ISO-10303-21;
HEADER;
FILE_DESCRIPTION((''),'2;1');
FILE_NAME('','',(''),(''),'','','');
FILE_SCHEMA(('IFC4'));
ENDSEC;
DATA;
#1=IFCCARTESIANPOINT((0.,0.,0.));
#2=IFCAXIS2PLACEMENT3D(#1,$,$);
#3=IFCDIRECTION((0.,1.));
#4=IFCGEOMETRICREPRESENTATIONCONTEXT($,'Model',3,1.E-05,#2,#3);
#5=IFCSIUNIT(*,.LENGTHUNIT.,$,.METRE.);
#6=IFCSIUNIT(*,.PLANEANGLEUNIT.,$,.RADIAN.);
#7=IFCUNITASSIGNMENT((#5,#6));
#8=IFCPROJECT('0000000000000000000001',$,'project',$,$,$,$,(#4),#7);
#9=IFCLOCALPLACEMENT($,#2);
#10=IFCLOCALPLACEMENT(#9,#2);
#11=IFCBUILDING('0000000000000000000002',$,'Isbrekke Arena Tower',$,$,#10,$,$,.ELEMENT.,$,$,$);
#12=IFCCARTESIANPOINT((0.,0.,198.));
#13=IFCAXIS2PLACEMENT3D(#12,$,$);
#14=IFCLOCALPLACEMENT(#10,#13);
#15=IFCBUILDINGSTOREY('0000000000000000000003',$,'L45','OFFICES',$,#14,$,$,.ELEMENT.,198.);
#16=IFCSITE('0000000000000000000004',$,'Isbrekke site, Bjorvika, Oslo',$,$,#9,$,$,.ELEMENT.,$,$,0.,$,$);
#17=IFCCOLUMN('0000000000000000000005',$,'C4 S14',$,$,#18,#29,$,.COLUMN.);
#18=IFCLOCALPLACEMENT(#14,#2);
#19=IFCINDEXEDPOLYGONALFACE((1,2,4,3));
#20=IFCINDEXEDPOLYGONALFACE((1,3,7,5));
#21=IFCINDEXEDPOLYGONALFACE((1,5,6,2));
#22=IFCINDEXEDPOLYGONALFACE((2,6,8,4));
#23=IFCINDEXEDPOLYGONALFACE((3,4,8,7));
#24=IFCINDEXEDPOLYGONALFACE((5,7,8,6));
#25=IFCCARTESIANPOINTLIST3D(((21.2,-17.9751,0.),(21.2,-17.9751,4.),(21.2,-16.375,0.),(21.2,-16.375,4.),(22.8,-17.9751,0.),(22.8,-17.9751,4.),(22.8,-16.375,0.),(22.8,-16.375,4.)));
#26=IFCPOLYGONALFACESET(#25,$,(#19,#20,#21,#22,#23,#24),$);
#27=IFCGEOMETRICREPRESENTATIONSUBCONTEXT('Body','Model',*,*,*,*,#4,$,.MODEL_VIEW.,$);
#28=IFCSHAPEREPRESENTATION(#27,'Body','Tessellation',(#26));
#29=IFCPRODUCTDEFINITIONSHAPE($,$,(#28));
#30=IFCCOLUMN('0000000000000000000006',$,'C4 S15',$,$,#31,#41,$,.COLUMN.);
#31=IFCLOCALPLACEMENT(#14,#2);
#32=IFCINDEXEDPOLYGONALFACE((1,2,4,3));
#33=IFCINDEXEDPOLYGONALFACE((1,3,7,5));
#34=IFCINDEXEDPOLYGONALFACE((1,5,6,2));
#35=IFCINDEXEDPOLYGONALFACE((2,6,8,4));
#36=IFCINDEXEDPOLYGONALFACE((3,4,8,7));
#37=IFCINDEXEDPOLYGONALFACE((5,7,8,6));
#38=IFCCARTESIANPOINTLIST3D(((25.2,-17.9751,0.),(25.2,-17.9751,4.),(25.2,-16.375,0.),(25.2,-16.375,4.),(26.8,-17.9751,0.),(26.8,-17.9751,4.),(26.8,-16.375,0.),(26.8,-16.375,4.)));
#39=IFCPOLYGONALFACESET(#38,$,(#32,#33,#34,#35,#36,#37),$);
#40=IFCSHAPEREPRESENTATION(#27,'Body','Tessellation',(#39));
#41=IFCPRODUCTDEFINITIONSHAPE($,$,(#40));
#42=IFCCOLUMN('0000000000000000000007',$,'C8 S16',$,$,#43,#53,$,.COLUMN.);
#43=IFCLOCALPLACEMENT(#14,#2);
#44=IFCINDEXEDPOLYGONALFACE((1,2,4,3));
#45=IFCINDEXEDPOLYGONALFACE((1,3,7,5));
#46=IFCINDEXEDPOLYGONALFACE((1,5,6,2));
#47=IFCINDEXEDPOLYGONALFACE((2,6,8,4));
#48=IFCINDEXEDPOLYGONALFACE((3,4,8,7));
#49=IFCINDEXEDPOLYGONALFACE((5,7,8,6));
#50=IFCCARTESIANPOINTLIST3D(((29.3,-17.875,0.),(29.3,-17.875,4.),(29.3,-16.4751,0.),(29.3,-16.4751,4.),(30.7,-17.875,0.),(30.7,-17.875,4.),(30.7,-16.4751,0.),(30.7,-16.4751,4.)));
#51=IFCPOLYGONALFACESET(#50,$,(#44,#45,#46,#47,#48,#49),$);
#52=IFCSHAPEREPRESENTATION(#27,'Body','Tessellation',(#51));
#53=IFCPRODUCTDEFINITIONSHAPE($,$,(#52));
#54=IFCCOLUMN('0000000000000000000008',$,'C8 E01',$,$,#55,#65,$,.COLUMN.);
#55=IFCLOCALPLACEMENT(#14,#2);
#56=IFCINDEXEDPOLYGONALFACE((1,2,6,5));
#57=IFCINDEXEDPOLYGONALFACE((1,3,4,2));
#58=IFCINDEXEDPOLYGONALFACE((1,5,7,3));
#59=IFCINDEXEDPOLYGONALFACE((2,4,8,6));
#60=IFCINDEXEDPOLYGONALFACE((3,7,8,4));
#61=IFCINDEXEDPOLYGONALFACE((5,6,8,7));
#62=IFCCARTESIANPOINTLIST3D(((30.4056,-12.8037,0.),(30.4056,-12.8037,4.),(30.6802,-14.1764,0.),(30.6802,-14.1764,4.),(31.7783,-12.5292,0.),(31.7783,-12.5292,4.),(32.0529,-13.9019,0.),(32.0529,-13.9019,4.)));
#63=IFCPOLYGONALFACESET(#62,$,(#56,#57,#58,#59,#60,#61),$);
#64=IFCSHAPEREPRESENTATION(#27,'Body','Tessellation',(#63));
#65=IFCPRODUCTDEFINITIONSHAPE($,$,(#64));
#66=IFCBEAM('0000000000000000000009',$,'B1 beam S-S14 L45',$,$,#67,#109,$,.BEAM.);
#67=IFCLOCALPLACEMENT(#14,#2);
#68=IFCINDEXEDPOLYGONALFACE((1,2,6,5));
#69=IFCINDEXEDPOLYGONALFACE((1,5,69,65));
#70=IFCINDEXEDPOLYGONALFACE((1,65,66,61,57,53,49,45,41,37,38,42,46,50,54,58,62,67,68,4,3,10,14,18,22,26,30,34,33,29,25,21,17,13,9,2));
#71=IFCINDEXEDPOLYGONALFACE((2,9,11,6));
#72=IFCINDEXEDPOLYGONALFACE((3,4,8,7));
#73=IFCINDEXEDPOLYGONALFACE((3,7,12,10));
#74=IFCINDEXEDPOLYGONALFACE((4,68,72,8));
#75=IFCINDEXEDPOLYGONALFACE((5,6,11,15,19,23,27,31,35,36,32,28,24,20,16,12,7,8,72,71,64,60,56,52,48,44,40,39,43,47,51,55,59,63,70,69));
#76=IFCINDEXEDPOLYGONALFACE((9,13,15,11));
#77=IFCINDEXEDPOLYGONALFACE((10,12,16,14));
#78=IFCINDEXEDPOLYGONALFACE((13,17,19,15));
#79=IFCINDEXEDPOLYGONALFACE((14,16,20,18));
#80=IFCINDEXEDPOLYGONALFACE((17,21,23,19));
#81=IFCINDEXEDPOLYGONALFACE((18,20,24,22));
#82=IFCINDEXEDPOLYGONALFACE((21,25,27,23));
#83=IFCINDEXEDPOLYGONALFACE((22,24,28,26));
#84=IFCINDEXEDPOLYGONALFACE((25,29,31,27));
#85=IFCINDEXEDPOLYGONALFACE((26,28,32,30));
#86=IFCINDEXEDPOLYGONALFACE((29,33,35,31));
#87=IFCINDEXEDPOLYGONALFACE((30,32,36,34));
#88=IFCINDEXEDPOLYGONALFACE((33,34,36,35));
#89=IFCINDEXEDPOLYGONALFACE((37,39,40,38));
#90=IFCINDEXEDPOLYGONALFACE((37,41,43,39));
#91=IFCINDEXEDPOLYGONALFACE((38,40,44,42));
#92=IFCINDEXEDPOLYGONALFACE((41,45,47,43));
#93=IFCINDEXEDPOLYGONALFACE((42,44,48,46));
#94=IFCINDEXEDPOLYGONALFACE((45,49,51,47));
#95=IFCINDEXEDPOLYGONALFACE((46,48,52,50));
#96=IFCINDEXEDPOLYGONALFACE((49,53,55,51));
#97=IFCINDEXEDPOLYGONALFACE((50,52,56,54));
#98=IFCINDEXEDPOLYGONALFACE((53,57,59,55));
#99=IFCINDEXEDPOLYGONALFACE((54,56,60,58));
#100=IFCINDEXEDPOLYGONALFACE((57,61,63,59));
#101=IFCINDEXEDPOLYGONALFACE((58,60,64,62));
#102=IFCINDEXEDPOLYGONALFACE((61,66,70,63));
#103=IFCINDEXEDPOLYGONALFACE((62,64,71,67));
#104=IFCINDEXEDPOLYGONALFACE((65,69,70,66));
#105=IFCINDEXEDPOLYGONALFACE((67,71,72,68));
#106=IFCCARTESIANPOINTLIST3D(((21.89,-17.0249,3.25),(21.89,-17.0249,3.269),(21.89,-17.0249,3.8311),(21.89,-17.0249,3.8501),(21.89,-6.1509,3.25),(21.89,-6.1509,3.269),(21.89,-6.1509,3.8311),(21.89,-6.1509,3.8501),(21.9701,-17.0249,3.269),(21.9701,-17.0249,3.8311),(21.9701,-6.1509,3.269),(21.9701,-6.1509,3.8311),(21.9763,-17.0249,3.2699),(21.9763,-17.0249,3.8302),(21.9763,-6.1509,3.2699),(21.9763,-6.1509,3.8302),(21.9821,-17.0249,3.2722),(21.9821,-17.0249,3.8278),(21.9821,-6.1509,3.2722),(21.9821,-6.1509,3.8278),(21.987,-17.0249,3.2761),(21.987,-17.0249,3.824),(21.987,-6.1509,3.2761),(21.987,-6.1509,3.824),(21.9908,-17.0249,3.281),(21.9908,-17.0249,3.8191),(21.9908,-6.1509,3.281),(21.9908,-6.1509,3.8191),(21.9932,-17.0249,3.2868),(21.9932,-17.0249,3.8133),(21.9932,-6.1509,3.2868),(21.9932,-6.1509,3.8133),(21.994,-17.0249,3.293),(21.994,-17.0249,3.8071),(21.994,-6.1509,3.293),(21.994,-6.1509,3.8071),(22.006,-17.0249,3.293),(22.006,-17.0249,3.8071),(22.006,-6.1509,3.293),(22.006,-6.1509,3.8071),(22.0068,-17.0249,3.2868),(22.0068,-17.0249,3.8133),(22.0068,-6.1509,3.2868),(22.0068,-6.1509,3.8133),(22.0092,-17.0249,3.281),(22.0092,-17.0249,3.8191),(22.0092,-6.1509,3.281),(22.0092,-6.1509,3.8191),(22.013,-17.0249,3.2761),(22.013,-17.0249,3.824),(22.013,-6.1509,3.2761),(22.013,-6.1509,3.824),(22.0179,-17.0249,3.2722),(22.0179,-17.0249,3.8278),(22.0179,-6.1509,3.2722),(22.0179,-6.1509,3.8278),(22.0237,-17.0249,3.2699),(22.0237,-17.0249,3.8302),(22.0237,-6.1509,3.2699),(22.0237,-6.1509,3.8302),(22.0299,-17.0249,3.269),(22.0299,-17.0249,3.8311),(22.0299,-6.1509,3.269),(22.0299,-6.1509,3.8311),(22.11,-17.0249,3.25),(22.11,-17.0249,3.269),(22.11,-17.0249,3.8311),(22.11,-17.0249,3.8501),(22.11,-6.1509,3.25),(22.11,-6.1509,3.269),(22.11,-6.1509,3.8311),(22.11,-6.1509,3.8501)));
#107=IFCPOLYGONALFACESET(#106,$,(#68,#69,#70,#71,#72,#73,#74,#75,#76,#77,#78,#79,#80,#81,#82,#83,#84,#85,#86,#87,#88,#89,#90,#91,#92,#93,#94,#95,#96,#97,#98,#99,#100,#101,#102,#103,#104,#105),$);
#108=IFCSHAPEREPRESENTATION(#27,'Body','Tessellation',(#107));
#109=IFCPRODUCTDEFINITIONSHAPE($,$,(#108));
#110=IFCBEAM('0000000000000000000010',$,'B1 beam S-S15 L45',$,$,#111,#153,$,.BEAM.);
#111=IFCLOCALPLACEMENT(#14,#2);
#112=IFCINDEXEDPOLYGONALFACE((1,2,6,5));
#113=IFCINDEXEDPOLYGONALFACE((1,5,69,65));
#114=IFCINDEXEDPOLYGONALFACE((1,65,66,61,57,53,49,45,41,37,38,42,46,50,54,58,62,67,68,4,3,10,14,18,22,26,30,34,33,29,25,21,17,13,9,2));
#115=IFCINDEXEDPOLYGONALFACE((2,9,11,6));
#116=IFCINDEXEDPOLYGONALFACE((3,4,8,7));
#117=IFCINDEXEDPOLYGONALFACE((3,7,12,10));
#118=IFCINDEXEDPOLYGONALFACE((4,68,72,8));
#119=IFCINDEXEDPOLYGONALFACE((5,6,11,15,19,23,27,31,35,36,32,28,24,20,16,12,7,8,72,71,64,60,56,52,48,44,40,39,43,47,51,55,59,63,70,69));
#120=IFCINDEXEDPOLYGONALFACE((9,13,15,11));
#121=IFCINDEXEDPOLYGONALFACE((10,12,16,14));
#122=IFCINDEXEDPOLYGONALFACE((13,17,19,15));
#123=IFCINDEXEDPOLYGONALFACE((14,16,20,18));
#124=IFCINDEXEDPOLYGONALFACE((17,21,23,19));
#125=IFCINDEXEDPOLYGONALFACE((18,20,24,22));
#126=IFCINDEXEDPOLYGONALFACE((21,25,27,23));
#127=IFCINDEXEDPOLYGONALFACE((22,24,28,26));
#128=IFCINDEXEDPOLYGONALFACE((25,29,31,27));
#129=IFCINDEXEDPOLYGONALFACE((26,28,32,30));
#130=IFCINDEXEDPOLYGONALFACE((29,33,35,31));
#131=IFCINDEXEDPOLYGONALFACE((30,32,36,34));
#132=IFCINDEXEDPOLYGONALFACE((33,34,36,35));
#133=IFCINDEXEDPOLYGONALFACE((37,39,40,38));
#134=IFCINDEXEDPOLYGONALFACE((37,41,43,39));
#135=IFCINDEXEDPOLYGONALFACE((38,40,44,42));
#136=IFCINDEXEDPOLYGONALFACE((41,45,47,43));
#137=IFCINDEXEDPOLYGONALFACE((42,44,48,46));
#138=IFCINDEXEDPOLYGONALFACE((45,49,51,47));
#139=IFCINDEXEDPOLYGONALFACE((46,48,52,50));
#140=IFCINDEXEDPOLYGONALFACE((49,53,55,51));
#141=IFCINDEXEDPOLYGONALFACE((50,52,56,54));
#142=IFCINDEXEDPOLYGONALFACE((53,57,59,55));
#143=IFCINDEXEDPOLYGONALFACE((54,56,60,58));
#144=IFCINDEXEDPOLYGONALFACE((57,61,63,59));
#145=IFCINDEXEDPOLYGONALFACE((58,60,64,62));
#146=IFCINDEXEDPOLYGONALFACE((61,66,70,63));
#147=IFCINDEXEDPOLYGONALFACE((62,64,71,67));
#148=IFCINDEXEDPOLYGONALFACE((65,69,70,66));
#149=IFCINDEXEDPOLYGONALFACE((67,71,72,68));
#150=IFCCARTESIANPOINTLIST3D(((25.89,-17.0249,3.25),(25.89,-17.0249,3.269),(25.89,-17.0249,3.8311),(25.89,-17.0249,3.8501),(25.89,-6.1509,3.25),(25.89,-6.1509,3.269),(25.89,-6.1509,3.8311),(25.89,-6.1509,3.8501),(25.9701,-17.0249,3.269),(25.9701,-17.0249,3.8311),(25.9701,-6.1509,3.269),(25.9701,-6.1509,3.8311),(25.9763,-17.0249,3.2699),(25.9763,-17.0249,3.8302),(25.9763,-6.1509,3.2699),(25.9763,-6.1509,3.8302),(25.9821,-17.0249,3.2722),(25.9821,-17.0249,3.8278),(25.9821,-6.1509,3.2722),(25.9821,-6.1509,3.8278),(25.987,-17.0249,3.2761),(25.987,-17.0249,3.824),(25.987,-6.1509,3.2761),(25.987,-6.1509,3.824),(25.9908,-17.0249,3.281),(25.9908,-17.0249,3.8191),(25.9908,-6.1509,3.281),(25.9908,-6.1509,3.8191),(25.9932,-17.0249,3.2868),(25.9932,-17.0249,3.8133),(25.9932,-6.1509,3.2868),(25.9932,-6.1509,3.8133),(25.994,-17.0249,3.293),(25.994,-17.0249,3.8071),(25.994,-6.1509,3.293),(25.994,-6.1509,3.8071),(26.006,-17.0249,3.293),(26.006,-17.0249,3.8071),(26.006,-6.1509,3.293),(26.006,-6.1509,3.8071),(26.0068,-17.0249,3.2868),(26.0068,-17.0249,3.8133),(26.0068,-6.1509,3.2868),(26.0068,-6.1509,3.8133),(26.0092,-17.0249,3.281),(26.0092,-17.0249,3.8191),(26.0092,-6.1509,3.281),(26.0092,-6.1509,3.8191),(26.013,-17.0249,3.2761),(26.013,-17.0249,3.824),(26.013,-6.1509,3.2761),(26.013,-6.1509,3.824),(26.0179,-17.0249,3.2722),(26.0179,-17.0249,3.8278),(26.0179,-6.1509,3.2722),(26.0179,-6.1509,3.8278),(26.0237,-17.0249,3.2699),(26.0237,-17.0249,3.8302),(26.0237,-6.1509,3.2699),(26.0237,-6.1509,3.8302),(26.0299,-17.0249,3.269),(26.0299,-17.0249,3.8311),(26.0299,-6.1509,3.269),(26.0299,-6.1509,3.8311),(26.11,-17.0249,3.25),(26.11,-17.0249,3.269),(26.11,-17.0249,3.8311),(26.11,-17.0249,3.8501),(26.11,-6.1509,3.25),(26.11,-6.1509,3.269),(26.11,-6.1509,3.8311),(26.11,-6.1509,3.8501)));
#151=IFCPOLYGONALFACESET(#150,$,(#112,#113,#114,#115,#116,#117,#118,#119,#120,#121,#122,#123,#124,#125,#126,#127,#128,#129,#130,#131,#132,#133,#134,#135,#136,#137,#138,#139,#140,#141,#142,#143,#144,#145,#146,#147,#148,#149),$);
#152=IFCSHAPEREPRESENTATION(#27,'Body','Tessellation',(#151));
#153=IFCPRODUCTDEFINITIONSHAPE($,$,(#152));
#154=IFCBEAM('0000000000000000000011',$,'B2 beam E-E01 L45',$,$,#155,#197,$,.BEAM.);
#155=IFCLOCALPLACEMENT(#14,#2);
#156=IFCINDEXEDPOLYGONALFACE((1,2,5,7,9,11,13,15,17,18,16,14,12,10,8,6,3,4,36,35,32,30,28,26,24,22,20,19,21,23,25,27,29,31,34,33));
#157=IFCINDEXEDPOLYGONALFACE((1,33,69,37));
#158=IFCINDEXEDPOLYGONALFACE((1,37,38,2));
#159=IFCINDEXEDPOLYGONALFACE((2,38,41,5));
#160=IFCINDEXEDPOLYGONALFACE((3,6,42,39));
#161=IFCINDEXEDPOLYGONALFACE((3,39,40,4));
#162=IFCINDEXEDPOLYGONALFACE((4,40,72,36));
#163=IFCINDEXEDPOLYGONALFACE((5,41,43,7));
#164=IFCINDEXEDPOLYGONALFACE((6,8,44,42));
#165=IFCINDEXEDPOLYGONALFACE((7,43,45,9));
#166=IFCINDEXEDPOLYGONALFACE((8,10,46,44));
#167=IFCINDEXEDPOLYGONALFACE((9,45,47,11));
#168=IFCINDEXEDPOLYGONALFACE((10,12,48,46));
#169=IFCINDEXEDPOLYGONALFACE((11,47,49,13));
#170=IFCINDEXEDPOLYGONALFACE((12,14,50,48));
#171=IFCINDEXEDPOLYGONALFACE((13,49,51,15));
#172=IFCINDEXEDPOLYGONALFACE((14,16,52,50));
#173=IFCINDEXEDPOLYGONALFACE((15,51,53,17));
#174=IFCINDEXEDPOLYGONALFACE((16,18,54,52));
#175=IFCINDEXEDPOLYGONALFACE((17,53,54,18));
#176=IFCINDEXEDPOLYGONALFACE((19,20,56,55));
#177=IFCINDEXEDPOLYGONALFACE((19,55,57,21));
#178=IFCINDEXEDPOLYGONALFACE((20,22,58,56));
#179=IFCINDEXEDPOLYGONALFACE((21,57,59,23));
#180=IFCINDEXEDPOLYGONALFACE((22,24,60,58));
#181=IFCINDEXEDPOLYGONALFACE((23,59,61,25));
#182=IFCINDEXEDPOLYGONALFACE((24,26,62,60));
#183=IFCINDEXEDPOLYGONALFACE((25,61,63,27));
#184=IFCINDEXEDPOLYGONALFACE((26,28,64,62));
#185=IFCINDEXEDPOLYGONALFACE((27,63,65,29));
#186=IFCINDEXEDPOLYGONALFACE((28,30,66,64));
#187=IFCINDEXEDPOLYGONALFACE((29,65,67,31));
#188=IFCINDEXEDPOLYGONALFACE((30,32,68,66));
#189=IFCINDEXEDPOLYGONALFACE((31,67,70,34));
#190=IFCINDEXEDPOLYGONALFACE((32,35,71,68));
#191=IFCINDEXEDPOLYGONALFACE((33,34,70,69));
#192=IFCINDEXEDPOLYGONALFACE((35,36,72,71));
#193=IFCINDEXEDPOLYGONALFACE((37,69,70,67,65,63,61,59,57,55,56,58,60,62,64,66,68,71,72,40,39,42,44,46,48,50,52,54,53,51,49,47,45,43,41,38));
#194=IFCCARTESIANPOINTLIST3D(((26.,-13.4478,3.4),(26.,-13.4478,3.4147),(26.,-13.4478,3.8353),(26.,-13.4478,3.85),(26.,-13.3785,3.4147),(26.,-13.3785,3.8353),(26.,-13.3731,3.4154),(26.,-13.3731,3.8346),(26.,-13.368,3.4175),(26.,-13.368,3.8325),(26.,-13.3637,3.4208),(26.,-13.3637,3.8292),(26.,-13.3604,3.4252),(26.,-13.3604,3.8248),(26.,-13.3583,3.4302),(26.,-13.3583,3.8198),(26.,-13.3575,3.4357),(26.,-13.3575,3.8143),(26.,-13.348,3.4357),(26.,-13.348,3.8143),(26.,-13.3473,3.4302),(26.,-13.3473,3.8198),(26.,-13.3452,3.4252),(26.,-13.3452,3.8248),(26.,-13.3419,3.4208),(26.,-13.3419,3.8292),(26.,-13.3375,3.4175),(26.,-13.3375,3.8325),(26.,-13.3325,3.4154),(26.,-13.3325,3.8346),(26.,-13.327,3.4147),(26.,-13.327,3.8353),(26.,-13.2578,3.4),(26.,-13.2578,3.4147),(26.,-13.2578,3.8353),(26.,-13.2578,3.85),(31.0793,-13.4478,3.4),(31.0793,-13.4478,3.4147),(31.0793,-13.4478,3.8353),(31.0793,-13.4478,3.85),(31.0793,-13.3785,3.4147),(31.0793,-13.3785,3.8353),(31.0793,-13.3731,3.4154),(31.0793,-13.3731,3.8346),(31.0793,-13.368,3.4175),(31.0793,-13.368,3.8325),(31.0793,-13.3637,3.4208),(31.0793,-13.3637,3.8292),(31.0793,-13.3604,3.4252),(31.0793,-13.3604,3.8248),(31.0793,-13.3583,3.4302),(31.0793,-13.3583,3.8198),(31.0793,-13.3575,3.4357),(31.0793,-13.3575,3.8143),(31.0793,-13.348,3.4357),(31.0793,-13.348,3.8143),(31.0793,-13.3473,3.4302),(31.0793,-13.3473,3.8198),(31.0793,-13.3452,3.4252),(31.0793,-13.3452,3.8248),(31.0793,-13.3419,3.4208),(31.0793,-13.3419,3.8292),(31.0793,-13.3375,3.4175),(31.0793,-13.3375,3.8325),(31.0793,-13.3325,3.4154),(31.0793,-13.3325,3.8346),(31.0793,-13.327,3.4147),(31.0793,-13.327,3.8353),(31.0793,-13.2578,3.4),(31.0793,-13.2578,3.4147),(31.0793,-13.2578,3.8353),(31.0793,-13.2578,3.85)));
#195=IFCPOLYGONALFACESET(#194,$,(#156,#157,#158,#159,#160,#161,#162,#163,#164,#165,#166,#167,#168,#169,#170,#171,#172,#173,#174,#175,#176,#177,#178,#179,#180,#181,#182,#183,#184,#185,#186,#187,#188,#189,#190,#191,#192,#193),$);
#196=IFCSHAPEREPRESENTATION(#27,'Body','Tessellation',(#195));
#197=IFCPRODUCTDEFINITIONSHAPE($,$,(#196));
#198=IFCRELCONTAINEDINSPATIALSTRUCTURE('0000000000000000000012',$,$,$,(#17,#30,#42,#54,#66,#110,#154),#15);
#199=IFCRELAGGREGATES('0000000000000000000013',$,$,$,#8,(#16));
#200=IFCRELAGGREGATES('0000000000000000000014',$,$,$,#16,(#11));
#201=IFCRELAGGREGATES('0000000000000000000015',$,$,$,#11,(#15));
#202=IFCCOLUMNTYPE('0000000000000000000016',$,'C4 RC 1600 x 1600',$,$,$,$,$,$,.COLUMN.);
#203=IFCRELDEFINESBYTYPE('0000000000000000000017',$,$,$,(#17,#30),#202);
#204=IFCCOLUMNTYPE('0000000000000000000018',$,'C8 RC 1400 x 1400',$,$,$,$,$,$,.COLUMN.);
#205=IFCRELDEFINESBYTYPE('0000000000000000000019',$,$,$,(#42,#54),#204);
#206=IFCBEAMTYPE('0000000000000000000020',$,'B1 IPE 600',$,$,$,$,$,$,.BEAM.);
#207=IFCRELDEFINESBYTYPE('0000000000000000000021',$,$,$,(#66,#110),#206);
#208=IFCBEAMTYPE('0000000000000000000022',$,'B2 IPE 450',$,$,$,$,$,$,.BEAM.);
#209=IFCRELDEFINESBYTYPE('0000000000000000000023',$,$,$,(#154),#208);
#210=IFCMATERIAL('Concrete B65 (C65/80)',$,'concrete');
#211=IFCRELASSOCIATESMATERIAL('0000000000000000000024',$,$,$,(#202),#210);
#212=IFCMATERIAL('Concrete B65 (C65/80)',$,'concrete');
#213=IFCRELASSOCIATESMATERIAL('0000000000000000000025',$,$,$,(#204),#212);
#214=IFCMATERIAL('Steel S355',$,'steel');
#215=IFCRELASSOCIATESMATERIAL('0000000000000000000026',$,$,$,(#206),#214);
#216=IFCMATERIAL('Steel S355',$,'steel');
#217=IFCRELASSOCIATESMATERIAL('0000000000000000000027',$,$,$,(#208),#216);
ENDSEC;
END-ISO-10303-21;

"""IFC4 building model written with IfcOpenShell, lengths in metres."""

from ifc_helpers import new_model, si_unit, direction, frame, origin, origin_2d, place, context, subcontext, project, spatial, rectangle, i_section, extrude, material, material_profile, profile_set, type_object, element, save


model = new_model("IFC4")

# Units and contexts
model_context = context("Model", 3, precision=1e-05, world=origin(), true_north=direction((0.0, 1.0)))
body_context = subcontext(model_context, "Body", "Model", "MODEL_VIEW")
ifc_project = project(units=[si_unit("LENGTHUNIT", "METRE"), si_unit("PLANEANGLEUNIT", "RADIAN")], contexts=[model_context])

# Site, building, storey
site_placement = place(None, origin())
site = spatial("IfcSite", under=ifc_project, at=site_placement, Name="Isbrekke site, Bjorvika, Oslo", CompositionType="ELEMENT", RefElevation=0.0)
building_placement = place(site_placement, origin())
building = spatial("IfcBuilding", under=site, at=building_placement, Name="Isbrekke Arena Tower", CompositionType="ELEMENT")
storey_placement = place(building_placement, frame((0.0, 0.0, 198.0)))
storey = spatial("IfcBuildingStorey", under=building, at=storey_placement, Name="L45", Description="OFFICES", CompositionType="ELEMENT", Elevation=198.0)

# Columns
ifc_material_1 = material(Name="Concrete B65 (C65/80)", Category="concrete")
ifc_material_profile_1 = material_profile(ifc_material_1, rectangle(XDim=1.6001, YDim=1.6001, at=origin_2d()), Name="RC 1600x1600")
ifc_profile_set_1 = profile_set([ifc_material_profile_1], Name="Concrete B65 (C65/80)")
column_type_1 = type_object("IfcColumnType", Name="C4 RC 1600 x 1600", PredefinedType="COLUMN", material=ifc_profile_set_1)
for number, where, z_axis, x_axis, name in (
    (1, (22.0, -17.175, 0.0), (0.0, 0.0, 1.0), (1.0, 0.0, 0.0), "C4 S14"),
    (2, (26.0, -17.175, 0.0), (0.0, 0.0, 1.0), (1.0, 0.0, 0.0), "C4 S15"),
):
    element("IfcColumn", number, at=place(storey_placement, frame(where, z_axis=z_axis, x_axis=x_axis)), inside=storey, type_object=column_type_1, Name=name, PredefinedType="COLUMN", context=body_context, shape_type="SweptSolid", body=[
        extrude(rectangle(XDim=1.6001, YDim=1.6001, at=origin_2d()), origin(), (0.0, 0.0, 1.0), 4.0),
    ])
ifc_material_2 = material(Name="Concrete B65 (C65/80)", Category="concrete")
ifc_material_profile_2 = material_profile(ifc_material_2, rectangle(XDim=1.3999, YDim=1.3999, at=origin_2d()), Name="RC 1400x1400")
ifc_profile_set_2 = profile_set([ifc_material_profile_2], Name="Concrete B65 (C65/80)")
column_type_2 = type_object("IfcColumnType", Name="C8 RC 1400 x 1400", PredefinedType="COLUMN", material=ifc_profile_set_2)
for number, where, z_axis, x_axis, name in (
    (3, (30.0, -17.175, 0.0), (0.0, 0.0, 1.0), (1.0, 0.0, 0.0), "C8 S16"),
    (4, (31.2292, -13.3528, 0.0), (0.0, 0.0, 1.0), (-0.196116, 0.980581, 0.0), "C8 E01"),
):
    element("IfcColumn", number, at=place(storey_placement, frame(where, z_axis=z_axis, x_axis=x_axis)), inside=storey, type_object=column_type_2, Name=name, PredefinedType="COLUMN", context=body_context, shape_type="SweptSolid", body=[
        extrude(rectangle(XDim=1.3999, YDim=1.3999, at=origin_2d()), origin(), (0.0, 0.0, 1.0), 4.0),
    ])

# Beams
ifc_material_3 = material(Name="Steel S355", Category="steel")
ifc_material_profile_3 = material_profile(ifc_material_3, i_section(OverallWidth=0.22, OverallDepth=0.6001, WebThickness=0.012, FlangeThickness=0.019, FilletRadius=0.0239, at=origin_2d()), Name="IPE 600")
ifc_profile_set_3 = profile_set([ifc_material_profile_3], Name="Steel S355")
beam_type_1 = type_object("IfcBeamType", Name="B1 IPE 600", PredefinedType="BEAM", material=ifc_profile_set_3)
for number, where, z_axis, x_axis, name in (
    (5, (22.0, -17.0249, 3.55), (0.0, 1.0, 0.0), (-1.0, 0.0, 0.0), "B1 beam S-S14 L45"),
    (6, (26.0, -17.0249, 3.55), (0.0, 1.0, 0.0), (-1.0, 0.0, 0.0), "B1 beam S-S15 L45"),
):
    element("IfcBeam", number, at=place(storey_placement, frame(where, z_axis=z_axis, x_axis=x_axis)), inside=storey, type_object=beam_type_1, Name=name, PredefinedType="BEAM", context=body_context, shape_type="SweptSolid", body=[
        extrude(i_section(OverallWidth=0.22, OverallDepth=0.6001, WebThickness=0.012, FlangeThickness=0.019, FilletRadius=0.0239, at=origin_2d()), origin(), (0.0, 0.0, 1.0), 10.874),
    ])
ifc_material_4 = material(Name="Steel S355", Category="steel")
ifc_material_profile_4 = material_profile(ifc_material_4, i_section(OverallWidth=0.1899, OverallDepth=0.45, WebThickness=0.0095, FlangeThickness=0.0146, FilletRadius=0.021, at=origin_2d()), Name="IPE 450")
ifc_profile_set_4 = profile_set([ifc_material_profile_4], Name="Steel S355")
beam_type_2 = type_object("IfcBeamType", Name="B2 IPE 450", PredefinedType="BEAM", material=ifc_profile_set_4)
beam_1_placement = place(storey_placement, frame((31.0793, -13.3528, 3.625), z_axis=(-1.0, 0.0, 0.0), x_axis=(0.0, -1.0, 0.0)))
element("IfcBeam", 7, at=beam_1_placement, inside=storey, type_object=beam_type_2, Name="B2 beam E-E01 L45", PredefinedType="BEAM", context=body_context, shape_type="SweptSolid", body=[
    extrude(i_section(OverallWidth=0.1899, OverallDepth=0.45, WebThickness=0.0095, FlangeThickness=0.0146, FilletRadius=0.021, at=origin_2d()), origin(), (0.0, 0.0, 1.0), 5.0793),
])

save(model, "model.ifc")
